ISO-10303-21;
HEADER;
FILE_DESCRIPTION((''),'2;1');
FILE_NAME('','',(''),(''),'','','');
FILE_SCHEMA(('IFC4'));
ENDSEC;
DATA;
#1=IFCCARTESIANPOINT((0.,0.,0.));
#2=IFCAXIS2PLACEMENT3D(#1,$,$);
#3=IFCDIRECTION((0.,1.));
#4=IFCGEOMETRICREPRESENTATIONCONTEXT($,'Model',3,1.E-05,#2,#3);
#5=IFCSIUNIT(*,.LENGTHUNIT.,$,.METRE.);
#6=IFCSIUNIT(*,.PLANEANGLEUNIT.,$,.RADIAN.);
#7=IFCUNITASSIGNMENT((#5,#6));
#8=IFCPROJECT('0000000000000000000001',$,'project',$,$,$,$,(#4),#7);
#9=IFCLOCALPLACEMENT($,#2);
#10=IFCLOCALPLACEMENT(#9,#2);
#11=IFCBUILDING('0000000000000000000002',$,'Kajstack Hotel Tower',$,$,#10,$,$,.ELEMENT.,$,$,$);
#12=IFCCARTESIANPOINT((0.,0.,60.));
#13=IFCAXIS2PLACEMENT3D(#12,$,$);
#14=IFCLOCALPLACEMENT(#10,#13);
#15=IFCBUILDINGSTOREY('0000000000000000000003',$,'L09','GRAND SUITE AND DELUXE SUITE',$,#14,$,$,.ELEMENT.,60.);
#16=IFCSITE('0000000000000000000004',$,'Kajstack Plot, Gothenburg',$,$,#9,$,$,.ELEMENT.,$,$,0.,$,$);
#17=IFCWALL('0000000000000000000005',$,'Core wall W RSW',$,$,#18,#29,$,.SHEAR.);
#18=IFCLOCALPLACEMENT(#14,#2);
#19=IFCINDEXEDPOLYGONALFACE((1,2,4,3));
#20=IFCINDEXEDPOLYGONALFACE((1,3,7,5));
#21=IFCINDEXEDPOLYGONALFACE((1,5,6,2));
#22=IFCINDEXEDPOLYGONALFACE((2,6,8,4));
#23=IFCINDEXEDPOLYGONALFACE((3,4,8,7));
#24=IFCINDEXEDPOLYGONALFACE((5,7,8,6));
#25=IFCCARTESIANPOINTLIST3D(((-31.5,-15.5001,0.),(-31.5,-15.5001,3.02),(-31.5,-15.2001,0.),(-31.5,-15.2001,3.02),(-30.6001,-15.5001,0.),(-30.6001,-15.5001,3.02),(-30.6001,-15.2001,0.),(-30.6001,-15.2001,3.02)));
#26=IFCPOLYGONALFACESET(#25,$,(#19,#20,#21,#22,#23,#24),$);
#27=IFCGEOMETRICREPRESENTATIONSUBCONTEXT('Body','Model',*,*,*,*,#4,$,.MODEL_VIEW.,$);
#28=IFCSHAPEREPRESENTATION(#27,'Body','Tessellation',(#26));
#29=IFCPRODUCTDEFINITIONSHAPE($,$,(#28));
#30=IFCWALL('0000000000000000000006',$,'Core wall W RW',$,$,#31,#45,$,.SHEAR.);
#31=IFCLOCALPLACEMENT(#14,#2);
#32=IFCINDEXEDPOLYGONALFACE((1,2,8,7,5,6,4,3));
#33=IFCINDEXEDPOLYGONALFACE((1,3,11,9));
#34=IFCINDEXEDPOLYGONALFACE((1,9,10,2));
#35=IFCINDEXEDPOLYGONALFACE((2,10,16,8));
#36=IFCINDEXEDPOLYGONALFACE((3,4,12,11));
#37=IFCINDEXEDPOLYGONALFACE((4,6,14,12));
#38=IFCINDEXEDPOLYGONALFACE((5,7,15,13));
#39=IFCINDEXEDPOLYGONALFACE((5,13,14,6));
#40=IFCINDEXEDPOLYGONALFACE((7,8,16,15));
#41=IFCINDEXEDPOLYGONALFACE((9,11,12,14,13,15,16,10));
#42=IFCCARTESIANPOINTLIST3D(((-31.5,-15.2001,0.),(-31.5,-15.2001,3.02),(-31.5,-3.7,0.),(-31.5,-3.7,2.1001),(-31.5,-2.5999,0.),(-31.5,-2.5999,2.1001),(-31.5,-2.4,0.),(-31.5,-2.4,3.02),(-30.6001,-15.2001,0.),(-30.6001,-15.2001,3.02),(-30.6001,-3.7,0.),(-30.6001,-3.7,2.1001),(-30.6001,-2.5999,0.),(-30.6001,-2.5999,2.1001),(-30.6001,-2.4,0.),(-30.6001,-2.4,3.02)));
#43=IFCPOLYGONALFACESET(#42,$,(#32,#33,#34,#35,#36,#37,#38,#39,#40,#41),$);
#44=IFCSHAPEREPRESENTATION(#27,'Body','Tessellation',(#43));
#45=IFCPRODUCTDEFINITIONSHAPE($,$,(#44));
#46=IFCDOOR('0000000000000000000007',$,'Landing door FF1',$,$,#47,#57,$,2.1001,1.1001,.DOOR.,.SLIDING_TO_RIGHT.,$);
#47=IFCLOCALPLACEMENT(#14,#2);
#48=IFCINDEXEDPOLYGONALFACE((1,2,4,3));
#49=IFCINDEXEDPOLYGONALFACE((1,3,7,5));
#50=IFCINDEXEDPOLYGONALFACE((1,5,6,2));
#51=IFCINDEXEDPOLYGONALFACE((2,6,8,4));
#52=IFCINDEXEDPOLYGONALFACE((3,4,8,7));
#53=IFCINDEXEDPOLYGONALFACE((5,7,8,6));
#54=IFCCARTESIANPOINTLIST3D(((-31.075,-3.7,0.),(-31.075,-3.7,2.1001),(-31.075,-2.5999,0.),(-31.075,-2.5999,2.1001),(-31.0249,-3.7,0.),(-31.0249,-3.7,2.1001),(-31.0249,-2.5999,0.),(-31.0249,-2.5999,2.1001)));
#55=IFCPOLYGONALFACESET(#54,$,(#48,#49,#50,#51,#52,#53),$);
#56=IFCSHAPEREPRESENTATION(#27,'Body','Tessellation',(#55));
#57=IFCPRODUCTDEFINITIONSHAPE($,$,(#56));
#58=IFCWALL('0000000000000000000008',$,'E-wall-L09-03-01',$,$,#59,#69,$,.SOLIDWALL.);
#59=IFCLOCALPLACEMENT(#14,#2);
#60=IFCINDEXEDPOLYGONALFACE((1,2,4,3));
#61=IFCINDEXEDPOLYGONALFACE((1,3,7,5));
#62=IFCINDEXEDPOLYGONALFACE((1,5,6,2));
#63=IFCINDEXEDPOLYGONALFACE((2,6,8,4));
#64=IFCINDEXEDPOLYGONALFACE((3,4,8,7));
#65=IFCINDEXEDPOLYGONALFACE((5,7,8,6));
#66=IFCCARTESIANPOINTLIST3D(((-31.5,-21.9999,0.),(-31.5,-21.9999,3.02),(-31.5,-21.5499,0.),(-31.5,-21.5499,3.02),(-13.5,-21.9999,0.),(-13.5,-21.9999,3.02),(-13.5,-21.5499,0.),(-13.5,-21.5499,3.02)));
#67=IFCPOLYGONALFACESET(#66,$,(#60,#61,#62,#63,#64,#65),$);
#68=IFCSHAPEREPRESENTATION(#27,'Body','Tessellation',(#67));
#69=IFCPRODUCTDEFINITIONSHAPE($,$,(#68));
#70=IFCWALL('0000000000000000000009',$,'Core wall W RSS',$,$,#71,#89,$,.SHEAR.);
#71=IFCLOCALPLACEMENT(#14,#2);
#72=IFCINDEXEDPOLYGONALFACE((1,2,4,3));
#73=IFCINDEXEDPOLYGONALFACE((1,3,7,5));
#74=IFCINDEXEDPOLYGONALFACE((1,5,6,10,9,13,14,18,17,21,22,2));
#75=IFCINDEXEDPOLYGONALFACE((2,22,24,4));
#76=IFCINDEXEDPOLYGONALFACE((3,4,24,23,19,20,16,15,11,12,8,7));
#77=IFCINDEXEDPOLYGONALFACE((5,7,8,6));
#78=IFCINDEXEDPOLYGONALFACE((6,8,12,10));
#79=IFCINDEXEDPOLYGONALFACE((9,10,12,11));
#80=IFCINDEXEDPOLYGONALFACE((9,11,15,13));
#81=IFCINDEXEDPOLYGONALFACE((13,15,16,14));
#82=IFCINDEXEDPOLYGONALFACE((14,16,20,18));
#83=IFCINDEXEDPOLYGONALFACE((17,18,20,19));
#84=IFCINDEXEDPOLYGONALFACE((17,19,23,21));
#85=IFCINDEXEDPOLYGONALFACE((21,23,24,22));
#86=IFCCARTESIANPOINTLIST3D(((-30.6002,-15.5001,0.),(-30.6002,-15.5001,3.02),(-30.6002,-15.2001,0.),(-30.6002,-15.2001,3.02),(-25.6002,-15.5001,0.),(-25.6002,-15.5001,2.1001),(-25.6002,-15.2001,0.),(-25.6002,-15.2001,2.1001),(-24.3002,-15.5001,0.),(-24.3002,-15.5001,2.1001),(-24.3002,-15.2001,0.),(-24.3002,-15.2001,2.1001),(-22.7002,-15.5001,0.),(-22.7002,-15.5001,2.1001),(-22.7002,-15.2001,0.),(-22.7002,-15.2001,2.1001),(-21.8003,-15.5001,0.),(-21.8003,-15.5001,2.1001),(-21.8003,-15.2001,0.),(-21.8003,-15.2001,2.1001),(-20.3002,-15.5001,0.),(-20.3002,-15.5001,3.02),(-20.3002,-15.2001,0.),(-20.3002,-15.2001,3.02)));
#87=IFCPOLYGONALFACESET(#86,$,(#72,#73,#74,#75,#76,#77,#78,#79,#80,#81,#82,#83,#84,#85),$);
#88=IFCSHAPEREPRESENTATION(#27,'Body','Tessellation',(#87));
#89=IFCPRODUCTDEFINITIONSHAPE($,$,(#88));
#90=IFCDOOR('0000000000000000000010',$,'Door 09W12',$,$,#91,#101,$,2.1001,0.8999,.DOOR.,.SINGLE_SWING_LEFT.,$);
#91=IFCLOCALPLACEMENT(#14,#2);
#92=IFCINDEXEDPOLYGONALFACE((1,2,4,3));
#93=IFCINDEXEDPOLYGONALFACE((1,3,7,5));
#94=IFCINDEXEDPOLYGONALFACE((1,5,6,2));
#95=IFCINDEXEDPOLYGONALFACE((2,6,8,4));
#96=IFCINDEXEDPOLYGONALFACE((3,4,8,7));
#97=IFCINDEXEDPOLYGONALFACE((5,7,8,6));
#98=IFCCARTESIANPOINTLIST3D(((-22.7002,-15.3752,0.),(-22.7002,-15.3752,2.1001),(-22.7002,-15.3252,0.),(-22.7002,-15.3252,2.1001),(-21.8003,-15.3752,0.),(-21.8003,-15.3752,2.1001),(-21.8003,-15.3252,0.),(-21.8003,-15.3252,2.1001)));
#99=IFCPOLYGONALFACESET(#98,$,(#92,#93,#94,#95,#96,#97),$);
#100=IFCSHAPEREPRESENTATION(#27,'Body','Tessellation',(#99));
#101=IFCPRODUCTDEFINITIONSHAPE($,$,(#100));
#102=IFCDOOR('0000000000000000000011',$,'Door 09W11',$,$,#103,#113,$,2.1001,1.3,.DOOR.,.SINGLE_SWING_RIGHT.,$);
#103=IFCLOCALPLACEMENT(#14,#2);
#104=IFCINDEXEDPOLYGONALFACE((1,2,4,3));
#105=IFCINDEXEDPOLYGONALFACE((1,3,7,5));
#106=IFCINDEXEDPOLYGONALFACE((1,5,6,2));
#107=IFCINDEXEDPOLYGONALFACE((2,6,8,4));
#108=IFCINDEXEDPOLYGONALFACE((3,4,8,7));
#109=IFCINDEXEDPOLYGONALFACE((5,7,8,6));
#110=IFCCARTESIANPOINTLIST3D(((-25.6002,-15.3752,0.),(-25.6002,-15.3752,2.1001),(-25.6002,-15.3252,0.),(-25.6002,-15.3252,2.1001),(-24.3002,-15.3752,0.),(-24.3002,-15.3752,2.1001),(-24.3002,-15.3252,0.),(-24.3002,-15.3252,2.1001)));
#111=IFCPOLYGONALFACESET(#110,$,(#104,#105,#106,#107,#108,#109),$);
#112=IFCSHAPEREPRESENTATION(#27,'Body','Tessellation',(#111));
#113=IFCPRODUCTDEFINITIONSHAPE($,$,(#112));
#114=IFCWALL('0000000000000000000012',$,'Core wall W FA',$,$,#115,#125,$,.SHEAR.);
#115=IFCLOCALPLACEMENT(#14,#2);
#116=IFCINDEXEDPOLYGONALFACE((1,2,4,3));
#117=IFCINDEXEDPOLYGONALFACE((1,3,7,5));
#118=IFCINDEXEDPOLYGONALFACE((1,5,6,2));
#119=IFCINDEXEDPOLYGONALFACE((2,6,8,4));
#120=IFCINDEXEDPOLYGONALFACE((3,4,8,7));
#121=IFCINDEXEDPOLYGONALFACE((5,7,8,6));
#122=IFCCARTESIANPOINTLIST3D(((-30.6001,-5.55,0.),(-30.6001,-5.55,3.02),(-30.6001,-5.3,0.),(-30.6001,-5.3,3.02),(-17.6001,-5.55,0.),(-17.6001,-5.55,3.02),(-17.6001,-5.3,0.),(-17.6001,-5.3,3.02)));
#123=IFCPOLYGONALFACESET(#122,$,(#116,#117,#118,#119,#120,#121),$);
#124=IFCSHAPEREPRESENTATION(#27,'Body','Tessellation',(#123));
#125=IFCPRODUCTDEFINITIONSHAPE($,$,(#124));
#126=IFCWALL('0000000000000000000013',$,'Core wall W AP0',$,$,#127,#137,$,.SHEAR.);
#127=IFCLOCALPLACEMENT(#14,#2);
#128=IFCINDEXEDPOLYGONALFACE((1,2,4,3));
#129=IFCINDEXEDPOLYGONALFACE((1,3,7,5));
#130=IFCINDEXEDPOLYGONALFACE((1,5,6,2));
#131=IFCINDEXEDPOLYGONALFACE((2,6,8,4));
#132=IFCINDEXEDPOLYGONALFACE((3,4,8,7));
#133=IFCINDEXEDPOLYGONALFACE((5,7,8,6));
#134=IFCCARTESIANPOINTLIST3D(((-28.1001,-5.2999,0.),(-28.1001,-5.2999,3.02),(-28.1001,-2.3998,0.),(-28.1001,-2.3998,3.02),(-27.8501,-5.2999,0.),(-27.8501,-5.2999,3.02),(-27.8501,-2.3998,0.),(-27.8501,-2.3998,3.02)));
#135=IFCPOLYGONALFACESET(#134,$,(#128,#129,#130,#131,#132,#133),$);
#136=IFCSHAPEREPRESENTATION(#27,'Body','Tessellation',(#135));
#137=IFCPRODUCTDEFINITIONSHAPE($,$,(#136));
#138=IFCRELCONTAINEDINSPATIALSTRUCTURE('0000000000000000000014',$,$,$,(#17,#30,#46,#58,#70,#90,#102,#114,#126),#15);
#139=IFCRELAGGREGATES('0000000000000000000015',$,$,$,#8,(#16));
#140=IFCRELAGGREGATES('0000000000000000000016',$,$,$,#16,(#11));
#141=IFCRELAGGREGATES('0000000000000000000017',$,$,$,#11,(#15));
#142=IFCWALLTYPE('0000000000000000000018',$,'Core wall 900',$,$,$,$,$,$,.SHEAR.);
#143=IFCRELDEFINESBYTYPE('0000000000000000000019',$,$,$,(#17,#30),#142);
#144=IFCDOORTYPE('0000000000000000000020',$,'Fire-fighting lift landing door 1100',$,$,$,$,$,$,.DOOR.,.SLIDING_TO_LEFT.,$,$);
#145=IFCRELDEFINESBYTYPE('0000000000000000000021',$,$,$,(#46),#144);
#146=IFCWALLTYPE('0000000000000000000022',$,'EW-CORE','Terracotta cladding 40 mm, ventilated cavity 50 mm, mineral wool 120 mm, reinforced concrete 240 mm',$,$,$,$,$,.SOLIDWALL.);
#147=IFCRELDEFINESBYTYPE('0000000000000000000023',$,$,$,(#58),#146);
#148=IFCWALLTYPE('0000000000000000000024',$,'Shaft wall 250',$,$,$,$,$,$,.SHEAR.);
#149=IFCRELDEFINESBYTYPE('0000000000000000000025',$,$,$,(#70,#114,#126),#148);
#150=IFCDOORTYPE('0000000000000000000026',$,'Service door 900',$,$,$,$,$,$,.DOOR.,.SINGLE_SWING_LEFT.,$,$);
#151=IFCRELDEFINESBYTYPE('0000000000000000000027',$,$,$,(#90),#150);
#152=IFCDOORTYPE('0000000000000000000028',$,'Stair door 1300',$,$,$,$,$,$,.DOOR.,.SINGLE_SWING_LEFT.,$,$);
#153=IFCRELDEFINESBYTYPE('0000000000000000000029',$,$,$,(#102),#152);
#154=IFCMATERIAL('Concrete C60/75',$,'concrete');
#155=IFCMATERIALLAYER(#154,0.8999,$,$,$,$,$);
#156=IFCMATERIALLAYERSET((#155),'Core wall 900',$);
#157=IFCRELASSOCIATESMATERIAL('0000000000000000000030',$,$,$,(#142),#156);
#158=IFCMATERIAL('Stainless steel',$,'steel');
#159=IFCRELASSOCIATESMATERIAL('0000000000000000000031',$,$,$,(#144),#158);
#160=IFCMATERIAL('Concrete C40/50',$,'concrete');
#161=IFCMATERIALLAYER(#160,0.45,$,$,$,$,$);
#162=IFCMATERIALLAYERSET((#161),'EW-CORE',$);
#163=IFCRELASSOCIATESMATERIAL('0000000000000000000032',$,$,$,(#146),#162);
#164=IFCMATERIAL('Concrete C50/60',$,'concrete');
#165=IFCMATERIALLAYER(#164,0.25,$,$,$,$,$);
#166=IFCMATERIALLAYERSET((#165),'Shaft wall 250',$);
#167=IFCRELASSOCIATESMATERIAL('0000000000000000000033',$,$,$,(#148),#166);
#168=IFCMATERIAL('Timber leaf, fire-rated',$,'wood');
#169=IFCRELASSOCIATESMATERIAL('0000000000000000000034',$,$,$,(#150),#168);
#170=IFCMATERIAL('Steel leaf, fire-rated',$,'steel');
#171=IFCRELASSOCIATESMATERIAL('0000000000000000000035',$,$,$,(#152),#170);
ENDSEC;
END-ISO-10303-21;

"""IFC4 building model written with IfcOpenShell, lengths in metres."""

from ifc_helpers import new_model, si_unit, direction, frame, frame_2d, origin, place, context, subcontext, project, spatial, rectangle, extrude, material, layer, layer_set, type_object, element, fill, save


model = new_model("IFC4")

# Units and contexts
model_context = context("Model", 3, precision=1e-05, world=origin(), true_north=direction((0.0, 1.0)))
body_context = subcontext(model_context, "Body", "Model", "MODEL_VIEW")
ifc_project = project(units=[si_unit("LENGTHUNIT", "METRE"), si_unit("PLANEANGLEUNIT", "RADIAN")], contexts=[model_context])

# Site, building, storey
site_placement = place(None, origin())
site = spatial("IfcSite", under=ifc_project, at=site_placement, Name="Kajstack Plot, Gothenburg", CompositionType="ELEMENT", RefElevation=0.0)
building_placement = place(site_placement, origin())
building = spatial("IfcBuilding", under=site, at=building_placement, Name="Kajstack Hotel Tower", CompositionType="ELEMENT")
storey_placement = place(building_placement, frame((0.0, 0.0, 60.0)))
storey = spatial("IfcBuildingStorey", under=building, at=storey_placement, Name="L09", Description="GRAND SUITE AND DELUXE SUITE", CompositionType="ELEMENT", Elevation=60.0)

# Wall
ifc_material_1 = material(Name="Concrete C60/75", Category="concrete")
ifc_layer_1 = layer(ifc_material_1, 0.8999)
ifc_layer_set_1 = layer_set([ifc_layer_1], Name="Core wall 900")
wall_type_1 = type_object("IfcWallType", Name="Core wall 900", PredefinedType="SHEAR", material=ifc_layer_set_1)
wall_1_placement = place(storey_placement, frame((-31.5, -15.3501, 0.0), z_axis=(0.0, 0.0, 1.0), x_axis=(1.0, 0.0, 0.0)))
element("IfcWall", 1, at=wall_1_placement, inside=storey, type_object=wall_type_1, Name="Core wall W RSW", PredefinedType="SHEAR", context=body_context, shape_type="SweptSolid", body=[
    extrude(rectangle(XDim=0.8999, YDim=0.3, at=frame_2d((0.45, 0.0))), origin(), (0.0, 0.0, 1.0), 3.02),
])

# Wall, opening, door
wall_2_placement = place(storey_placement, frame((-31.05, -15.2, 0.0), z_axis=(0.0, 0.0, 1.0), x_axis=(0.0, 1.0, 0.0)))
wall_2 = element("IfcWall", 2, at=wall_2_placement, inside=storey, type_object=wall_type_1, Name="Core wall W RW", PredefinedType="SHEAR", context=body_context, shape_type="SweptSolid", body=[
    extrude(rectangle(XDim=12.8, YDim=0.8999, at=frame_2d((6.3999, 0.0))), origin(), (0.0, 0.0, 1.0), 3.02),
])
opening_1_placement = place(wall_2_placement, frame((11.5, 0.0, 0.0)))
opening_1 = element("IfcOpeningElement", 3, at=opening_1_placement, cuts=wall_2, PredefinedType="OPENING", context=body_context, shape_type="SweptSolid", body=[
    extrude(rectangle(XDim=1.1001, YDim=2.1001, at=frame_2d((0.55, 1.05))), frame((0.0, 0.46, 0.0), z_axis=(0.0, -1.0, 0.0), x_axis=(1.0, 0.0, 0.0)), (0.0, 0.0, 1.0), 0.9199),
])
ifc_material_2 = material(Name="Stainless steel", Category="steel")
door_type_1 = type_object("IfcDoorType", Name="Fire-fighting lift landing door 1100", OperationType="SLIDING_TO_LEFT", PredefinedType="DOOR", material=ifc_material_2)
door_1_placement = place(opening_1_placement, origin())
door_1 = element("IfcDoor", 4, at=door_1_placement, inside=storey, type_object=door_type_1, Name="Landing door FF1", OperationType="SLIDING_TO_RIGHT", OverallHeight=2.1001, OverallWidth=1.1001, PredefinedType="DOOR", context=body_context, shape_type="SweptSolid", body=[
    extrude(rectangle(XDim=1.1001, YDim=2.1001, at=frame_2d((0.55, 1.05))), frame((0.0, 0.0249, 0.0), z_axis=(0.0, -1.0, 0.0), x_axis=(1.0, 0.0, 0.0)), (0.0, 0.0, 1.0), 0.05),
])
fill(opening_1, door_1)

# Wall
ifc_material_3 = material(Name="Concrete C40/50", Category="concrete")
ifc_layer_2 = layer(ifc_material_3, 0.45)
ifc_layer_set_2 = layer_set([ifc_layer_2], Name="EW-CORE")
wall_type_2 = type_object("IfcWallType", Name="EW-CORE", Description="Terracotta cladding 40 mm, ventilated cavity 50 mm, mineral wool 120 mm, reinforced concrete 240 mm", PredefinedType="SOLIDWALL", material=ifc_layer_set_2)
wall_3_placement = place(storey_placement, frame((-31.5, -21.7749, 0.0), z_axis=(0.0, 0.0, 1.0), x_axis=(1.0, 0.0, 0.0)))
element("IfcWall", 5, at=wall_3_placement, inside=storey, type_object=wall_type_2, Name="E-wall-L09-03-01", PredefinedType="SOLIDWALL", context=body_context, shape_type="SweptSolid", body=[
    extrude(rectangle(XDim=18.0, YDim=0.45, at=frame_2d((9.0, 0.0))), origin(), (0.0, 0.0, 1.0), 3.02),
])

# Wall, openings, doors
ifc_material_4 = material(Name="Concrete C50/60", Category="concrete")
ifc_layer_3 = layer(ifc_material_4, 0.25)
ifc_layer_set_3 = layer_set([ifc_layer_3], Name="Shaft wall 250")
wall_type_3 = type_object("IfcWallType", Name="Shaft wall 250", PredefinedType="SHEAR", material=ifc_layer_set_3)
wall_4_placement = place(storey_placement, frame((-30.6001, -15.3501, 0.0), z_axis=(0.0, 0.0, 1.0), x_axis=(1.0, 0.0, 0.0)))
wall_4 = element("IfcWall", 6, at=wall_4_placement, inside=storey, type_object=wall_type_3, Name="Core wall W RSS", PredefinedType="SHEAR", context=body_context, shape_type="SweptSolid", body=[
    extrude(rectangle(XDim=10.3, YDim=0.3, at=frame_2d((5.1499, 0.0))), origin(), (0.0, 0.0, 1.0), 3.02),
])
opening_2_placement = place(wall_4_placement, frame((5.0, 0.0, 0.0)))
opening_2 = element("IfcOpeningElement", 7, at=opening_2_placement, cuts=wall_4, PredefinedType="OPENING", context=body_context, shape_type="SweptSolid", body=[
    extrude(rectangle(XDim=1.3, YDim=2.1001, at=frame_2d((0.6499, 1.05))), frame((0.0, 0.1599, 0.0), z_axis=(0.0, -1.0, 0.0), x_axis=(1.0, 0.0, 0.0)), (0.0, 0.0, 1.0), 0.3201),
])
opening_3_placement = place(wall_4_placement, frame((7.8999, 0.0, 0.0)))
opening_3 = element("IfcOpeningElement", 8, at=opening_3_placement, cuts=wall_4, PredefinedType="OPENING", context=body_context, shape_type="SweptSolid", body=[
    extrude(rectangle(XDim=0.8999, YDim=2.1001, at=frame_2d((0.45, 1.05))), frame((0.0, 0.1599, 0.0), z_axis=(0.0, -1.0, 0.0), x_axis=(1.0, 0.0, 0.0)), (0.0, 0.0, 1.0), 0.3201),
])
ifc_material_5 = material(Name="Timber leaf, fire-rated", Category="wood")
door_type_2 = type_object("IfcDoorType", Name="Service door 900", OperationType="SINGLE_SWING_LEFT", PredefinedType="DOOR", material=ifc_material_5)
door_2_placement = place(opening_3_placement, origin())
door_2 = element("IfcDoor", 9, at=door_2_placement, inside=storey, type_object=door_type_2, Name="Door 09W12", OperationType="SINGLE_SWING_LEFT", OverallHeight=2.1001, OverallWidth=0.8999, PredefinedType="DOOR", context=body_context, shape_type="SweptSolid", body=[
    extrude(rectangle(XDim=0.8999, YDim=2.1001, at=frame_2d((0.45, 1.05))), frame((0.0, 0.0249, 0.0), z_axis=(0.0, -1.0, 0.0), x_axis=(1.0, 0.0, 0.0)), (0.0, 0.0, 1.0), 0.05),
])
fill(opening_3, door_2)
ifc_material_6 = material(Name="Steel leaf, fire-rated", Category="steel")
door_type_3 = type_object("IfcDoorType", Name="Stair door 1300", OperationType="SINGLE_SWING_LEFT", PredefinedType="DOOR", material=ifc_material_6)
door_3_placement = place(opening_2_placement, origin())
door_3 = element("IfcDoor", 10, at=door_3_placement, inside=storey, type_object=door_type_3, Name="Door 09W11", OperationType="SINGLE_SWING_RIGHT", OverallHeight=2.1001, OverallWidth=1.3, PredefinedType="DOOR", context=body_context, shape_type="SweptSolid", body=[
    extrude(rectangle(XDim=1.3, YDim=2.1001, at=frame_2d((0.6499, 1.05))), frame((0.0, 0.0249, 0.0), z_axis=(0.0, -1.0, 0.0), x_axis=(1.0, 0.0, 0.0)), (0.0, 0.0, 1.0), 0.05),
])
fill(opening_2, door_3)

# Walls
wall_5_placement = place(storey_placement, frame((-30.6001, -5.425, 0.0), z_axis=(0.0, 0.0, 1.0), x_axis=(1.0, 0.0, 0.0)))
element("IfcWall", 11, at=wall_5_placement, inside=storey, type_object=wall_type_3, Name="Core wall W FA", PredefinedType="SHEAR", context=body_context, shape_type="SweptSolid", body=[
    extrude(rectangle(XDim=13.0, YDim=0.25, at=frame_2d((6.5, 0.0))), origin(), (0.0, 0.0, 1.0), 3.02),
])
wall_6_placement = place(storey_placement, frame((-27.9751, -5.3, 0.0), z_axis=(0.0, 0.0, 1.0), x_axis=(0.0, 1.0, 0.0)))
element("IfcWall", 12, at=wall_6_placement, inside=storey, type_object=wall_type_3, Name="Core wall W AP0", PredefinedType="SHEAR", context=body_context, shape_type="SweptSolid", body=[
    extrude(rectangle(XDim=2.9001, YDim=0.25, at=frame_2d((1.4502, 0.0))), origin(), (0.0, 0.0, 1.0), 3.02),
])

save(model, "model.ifc")
